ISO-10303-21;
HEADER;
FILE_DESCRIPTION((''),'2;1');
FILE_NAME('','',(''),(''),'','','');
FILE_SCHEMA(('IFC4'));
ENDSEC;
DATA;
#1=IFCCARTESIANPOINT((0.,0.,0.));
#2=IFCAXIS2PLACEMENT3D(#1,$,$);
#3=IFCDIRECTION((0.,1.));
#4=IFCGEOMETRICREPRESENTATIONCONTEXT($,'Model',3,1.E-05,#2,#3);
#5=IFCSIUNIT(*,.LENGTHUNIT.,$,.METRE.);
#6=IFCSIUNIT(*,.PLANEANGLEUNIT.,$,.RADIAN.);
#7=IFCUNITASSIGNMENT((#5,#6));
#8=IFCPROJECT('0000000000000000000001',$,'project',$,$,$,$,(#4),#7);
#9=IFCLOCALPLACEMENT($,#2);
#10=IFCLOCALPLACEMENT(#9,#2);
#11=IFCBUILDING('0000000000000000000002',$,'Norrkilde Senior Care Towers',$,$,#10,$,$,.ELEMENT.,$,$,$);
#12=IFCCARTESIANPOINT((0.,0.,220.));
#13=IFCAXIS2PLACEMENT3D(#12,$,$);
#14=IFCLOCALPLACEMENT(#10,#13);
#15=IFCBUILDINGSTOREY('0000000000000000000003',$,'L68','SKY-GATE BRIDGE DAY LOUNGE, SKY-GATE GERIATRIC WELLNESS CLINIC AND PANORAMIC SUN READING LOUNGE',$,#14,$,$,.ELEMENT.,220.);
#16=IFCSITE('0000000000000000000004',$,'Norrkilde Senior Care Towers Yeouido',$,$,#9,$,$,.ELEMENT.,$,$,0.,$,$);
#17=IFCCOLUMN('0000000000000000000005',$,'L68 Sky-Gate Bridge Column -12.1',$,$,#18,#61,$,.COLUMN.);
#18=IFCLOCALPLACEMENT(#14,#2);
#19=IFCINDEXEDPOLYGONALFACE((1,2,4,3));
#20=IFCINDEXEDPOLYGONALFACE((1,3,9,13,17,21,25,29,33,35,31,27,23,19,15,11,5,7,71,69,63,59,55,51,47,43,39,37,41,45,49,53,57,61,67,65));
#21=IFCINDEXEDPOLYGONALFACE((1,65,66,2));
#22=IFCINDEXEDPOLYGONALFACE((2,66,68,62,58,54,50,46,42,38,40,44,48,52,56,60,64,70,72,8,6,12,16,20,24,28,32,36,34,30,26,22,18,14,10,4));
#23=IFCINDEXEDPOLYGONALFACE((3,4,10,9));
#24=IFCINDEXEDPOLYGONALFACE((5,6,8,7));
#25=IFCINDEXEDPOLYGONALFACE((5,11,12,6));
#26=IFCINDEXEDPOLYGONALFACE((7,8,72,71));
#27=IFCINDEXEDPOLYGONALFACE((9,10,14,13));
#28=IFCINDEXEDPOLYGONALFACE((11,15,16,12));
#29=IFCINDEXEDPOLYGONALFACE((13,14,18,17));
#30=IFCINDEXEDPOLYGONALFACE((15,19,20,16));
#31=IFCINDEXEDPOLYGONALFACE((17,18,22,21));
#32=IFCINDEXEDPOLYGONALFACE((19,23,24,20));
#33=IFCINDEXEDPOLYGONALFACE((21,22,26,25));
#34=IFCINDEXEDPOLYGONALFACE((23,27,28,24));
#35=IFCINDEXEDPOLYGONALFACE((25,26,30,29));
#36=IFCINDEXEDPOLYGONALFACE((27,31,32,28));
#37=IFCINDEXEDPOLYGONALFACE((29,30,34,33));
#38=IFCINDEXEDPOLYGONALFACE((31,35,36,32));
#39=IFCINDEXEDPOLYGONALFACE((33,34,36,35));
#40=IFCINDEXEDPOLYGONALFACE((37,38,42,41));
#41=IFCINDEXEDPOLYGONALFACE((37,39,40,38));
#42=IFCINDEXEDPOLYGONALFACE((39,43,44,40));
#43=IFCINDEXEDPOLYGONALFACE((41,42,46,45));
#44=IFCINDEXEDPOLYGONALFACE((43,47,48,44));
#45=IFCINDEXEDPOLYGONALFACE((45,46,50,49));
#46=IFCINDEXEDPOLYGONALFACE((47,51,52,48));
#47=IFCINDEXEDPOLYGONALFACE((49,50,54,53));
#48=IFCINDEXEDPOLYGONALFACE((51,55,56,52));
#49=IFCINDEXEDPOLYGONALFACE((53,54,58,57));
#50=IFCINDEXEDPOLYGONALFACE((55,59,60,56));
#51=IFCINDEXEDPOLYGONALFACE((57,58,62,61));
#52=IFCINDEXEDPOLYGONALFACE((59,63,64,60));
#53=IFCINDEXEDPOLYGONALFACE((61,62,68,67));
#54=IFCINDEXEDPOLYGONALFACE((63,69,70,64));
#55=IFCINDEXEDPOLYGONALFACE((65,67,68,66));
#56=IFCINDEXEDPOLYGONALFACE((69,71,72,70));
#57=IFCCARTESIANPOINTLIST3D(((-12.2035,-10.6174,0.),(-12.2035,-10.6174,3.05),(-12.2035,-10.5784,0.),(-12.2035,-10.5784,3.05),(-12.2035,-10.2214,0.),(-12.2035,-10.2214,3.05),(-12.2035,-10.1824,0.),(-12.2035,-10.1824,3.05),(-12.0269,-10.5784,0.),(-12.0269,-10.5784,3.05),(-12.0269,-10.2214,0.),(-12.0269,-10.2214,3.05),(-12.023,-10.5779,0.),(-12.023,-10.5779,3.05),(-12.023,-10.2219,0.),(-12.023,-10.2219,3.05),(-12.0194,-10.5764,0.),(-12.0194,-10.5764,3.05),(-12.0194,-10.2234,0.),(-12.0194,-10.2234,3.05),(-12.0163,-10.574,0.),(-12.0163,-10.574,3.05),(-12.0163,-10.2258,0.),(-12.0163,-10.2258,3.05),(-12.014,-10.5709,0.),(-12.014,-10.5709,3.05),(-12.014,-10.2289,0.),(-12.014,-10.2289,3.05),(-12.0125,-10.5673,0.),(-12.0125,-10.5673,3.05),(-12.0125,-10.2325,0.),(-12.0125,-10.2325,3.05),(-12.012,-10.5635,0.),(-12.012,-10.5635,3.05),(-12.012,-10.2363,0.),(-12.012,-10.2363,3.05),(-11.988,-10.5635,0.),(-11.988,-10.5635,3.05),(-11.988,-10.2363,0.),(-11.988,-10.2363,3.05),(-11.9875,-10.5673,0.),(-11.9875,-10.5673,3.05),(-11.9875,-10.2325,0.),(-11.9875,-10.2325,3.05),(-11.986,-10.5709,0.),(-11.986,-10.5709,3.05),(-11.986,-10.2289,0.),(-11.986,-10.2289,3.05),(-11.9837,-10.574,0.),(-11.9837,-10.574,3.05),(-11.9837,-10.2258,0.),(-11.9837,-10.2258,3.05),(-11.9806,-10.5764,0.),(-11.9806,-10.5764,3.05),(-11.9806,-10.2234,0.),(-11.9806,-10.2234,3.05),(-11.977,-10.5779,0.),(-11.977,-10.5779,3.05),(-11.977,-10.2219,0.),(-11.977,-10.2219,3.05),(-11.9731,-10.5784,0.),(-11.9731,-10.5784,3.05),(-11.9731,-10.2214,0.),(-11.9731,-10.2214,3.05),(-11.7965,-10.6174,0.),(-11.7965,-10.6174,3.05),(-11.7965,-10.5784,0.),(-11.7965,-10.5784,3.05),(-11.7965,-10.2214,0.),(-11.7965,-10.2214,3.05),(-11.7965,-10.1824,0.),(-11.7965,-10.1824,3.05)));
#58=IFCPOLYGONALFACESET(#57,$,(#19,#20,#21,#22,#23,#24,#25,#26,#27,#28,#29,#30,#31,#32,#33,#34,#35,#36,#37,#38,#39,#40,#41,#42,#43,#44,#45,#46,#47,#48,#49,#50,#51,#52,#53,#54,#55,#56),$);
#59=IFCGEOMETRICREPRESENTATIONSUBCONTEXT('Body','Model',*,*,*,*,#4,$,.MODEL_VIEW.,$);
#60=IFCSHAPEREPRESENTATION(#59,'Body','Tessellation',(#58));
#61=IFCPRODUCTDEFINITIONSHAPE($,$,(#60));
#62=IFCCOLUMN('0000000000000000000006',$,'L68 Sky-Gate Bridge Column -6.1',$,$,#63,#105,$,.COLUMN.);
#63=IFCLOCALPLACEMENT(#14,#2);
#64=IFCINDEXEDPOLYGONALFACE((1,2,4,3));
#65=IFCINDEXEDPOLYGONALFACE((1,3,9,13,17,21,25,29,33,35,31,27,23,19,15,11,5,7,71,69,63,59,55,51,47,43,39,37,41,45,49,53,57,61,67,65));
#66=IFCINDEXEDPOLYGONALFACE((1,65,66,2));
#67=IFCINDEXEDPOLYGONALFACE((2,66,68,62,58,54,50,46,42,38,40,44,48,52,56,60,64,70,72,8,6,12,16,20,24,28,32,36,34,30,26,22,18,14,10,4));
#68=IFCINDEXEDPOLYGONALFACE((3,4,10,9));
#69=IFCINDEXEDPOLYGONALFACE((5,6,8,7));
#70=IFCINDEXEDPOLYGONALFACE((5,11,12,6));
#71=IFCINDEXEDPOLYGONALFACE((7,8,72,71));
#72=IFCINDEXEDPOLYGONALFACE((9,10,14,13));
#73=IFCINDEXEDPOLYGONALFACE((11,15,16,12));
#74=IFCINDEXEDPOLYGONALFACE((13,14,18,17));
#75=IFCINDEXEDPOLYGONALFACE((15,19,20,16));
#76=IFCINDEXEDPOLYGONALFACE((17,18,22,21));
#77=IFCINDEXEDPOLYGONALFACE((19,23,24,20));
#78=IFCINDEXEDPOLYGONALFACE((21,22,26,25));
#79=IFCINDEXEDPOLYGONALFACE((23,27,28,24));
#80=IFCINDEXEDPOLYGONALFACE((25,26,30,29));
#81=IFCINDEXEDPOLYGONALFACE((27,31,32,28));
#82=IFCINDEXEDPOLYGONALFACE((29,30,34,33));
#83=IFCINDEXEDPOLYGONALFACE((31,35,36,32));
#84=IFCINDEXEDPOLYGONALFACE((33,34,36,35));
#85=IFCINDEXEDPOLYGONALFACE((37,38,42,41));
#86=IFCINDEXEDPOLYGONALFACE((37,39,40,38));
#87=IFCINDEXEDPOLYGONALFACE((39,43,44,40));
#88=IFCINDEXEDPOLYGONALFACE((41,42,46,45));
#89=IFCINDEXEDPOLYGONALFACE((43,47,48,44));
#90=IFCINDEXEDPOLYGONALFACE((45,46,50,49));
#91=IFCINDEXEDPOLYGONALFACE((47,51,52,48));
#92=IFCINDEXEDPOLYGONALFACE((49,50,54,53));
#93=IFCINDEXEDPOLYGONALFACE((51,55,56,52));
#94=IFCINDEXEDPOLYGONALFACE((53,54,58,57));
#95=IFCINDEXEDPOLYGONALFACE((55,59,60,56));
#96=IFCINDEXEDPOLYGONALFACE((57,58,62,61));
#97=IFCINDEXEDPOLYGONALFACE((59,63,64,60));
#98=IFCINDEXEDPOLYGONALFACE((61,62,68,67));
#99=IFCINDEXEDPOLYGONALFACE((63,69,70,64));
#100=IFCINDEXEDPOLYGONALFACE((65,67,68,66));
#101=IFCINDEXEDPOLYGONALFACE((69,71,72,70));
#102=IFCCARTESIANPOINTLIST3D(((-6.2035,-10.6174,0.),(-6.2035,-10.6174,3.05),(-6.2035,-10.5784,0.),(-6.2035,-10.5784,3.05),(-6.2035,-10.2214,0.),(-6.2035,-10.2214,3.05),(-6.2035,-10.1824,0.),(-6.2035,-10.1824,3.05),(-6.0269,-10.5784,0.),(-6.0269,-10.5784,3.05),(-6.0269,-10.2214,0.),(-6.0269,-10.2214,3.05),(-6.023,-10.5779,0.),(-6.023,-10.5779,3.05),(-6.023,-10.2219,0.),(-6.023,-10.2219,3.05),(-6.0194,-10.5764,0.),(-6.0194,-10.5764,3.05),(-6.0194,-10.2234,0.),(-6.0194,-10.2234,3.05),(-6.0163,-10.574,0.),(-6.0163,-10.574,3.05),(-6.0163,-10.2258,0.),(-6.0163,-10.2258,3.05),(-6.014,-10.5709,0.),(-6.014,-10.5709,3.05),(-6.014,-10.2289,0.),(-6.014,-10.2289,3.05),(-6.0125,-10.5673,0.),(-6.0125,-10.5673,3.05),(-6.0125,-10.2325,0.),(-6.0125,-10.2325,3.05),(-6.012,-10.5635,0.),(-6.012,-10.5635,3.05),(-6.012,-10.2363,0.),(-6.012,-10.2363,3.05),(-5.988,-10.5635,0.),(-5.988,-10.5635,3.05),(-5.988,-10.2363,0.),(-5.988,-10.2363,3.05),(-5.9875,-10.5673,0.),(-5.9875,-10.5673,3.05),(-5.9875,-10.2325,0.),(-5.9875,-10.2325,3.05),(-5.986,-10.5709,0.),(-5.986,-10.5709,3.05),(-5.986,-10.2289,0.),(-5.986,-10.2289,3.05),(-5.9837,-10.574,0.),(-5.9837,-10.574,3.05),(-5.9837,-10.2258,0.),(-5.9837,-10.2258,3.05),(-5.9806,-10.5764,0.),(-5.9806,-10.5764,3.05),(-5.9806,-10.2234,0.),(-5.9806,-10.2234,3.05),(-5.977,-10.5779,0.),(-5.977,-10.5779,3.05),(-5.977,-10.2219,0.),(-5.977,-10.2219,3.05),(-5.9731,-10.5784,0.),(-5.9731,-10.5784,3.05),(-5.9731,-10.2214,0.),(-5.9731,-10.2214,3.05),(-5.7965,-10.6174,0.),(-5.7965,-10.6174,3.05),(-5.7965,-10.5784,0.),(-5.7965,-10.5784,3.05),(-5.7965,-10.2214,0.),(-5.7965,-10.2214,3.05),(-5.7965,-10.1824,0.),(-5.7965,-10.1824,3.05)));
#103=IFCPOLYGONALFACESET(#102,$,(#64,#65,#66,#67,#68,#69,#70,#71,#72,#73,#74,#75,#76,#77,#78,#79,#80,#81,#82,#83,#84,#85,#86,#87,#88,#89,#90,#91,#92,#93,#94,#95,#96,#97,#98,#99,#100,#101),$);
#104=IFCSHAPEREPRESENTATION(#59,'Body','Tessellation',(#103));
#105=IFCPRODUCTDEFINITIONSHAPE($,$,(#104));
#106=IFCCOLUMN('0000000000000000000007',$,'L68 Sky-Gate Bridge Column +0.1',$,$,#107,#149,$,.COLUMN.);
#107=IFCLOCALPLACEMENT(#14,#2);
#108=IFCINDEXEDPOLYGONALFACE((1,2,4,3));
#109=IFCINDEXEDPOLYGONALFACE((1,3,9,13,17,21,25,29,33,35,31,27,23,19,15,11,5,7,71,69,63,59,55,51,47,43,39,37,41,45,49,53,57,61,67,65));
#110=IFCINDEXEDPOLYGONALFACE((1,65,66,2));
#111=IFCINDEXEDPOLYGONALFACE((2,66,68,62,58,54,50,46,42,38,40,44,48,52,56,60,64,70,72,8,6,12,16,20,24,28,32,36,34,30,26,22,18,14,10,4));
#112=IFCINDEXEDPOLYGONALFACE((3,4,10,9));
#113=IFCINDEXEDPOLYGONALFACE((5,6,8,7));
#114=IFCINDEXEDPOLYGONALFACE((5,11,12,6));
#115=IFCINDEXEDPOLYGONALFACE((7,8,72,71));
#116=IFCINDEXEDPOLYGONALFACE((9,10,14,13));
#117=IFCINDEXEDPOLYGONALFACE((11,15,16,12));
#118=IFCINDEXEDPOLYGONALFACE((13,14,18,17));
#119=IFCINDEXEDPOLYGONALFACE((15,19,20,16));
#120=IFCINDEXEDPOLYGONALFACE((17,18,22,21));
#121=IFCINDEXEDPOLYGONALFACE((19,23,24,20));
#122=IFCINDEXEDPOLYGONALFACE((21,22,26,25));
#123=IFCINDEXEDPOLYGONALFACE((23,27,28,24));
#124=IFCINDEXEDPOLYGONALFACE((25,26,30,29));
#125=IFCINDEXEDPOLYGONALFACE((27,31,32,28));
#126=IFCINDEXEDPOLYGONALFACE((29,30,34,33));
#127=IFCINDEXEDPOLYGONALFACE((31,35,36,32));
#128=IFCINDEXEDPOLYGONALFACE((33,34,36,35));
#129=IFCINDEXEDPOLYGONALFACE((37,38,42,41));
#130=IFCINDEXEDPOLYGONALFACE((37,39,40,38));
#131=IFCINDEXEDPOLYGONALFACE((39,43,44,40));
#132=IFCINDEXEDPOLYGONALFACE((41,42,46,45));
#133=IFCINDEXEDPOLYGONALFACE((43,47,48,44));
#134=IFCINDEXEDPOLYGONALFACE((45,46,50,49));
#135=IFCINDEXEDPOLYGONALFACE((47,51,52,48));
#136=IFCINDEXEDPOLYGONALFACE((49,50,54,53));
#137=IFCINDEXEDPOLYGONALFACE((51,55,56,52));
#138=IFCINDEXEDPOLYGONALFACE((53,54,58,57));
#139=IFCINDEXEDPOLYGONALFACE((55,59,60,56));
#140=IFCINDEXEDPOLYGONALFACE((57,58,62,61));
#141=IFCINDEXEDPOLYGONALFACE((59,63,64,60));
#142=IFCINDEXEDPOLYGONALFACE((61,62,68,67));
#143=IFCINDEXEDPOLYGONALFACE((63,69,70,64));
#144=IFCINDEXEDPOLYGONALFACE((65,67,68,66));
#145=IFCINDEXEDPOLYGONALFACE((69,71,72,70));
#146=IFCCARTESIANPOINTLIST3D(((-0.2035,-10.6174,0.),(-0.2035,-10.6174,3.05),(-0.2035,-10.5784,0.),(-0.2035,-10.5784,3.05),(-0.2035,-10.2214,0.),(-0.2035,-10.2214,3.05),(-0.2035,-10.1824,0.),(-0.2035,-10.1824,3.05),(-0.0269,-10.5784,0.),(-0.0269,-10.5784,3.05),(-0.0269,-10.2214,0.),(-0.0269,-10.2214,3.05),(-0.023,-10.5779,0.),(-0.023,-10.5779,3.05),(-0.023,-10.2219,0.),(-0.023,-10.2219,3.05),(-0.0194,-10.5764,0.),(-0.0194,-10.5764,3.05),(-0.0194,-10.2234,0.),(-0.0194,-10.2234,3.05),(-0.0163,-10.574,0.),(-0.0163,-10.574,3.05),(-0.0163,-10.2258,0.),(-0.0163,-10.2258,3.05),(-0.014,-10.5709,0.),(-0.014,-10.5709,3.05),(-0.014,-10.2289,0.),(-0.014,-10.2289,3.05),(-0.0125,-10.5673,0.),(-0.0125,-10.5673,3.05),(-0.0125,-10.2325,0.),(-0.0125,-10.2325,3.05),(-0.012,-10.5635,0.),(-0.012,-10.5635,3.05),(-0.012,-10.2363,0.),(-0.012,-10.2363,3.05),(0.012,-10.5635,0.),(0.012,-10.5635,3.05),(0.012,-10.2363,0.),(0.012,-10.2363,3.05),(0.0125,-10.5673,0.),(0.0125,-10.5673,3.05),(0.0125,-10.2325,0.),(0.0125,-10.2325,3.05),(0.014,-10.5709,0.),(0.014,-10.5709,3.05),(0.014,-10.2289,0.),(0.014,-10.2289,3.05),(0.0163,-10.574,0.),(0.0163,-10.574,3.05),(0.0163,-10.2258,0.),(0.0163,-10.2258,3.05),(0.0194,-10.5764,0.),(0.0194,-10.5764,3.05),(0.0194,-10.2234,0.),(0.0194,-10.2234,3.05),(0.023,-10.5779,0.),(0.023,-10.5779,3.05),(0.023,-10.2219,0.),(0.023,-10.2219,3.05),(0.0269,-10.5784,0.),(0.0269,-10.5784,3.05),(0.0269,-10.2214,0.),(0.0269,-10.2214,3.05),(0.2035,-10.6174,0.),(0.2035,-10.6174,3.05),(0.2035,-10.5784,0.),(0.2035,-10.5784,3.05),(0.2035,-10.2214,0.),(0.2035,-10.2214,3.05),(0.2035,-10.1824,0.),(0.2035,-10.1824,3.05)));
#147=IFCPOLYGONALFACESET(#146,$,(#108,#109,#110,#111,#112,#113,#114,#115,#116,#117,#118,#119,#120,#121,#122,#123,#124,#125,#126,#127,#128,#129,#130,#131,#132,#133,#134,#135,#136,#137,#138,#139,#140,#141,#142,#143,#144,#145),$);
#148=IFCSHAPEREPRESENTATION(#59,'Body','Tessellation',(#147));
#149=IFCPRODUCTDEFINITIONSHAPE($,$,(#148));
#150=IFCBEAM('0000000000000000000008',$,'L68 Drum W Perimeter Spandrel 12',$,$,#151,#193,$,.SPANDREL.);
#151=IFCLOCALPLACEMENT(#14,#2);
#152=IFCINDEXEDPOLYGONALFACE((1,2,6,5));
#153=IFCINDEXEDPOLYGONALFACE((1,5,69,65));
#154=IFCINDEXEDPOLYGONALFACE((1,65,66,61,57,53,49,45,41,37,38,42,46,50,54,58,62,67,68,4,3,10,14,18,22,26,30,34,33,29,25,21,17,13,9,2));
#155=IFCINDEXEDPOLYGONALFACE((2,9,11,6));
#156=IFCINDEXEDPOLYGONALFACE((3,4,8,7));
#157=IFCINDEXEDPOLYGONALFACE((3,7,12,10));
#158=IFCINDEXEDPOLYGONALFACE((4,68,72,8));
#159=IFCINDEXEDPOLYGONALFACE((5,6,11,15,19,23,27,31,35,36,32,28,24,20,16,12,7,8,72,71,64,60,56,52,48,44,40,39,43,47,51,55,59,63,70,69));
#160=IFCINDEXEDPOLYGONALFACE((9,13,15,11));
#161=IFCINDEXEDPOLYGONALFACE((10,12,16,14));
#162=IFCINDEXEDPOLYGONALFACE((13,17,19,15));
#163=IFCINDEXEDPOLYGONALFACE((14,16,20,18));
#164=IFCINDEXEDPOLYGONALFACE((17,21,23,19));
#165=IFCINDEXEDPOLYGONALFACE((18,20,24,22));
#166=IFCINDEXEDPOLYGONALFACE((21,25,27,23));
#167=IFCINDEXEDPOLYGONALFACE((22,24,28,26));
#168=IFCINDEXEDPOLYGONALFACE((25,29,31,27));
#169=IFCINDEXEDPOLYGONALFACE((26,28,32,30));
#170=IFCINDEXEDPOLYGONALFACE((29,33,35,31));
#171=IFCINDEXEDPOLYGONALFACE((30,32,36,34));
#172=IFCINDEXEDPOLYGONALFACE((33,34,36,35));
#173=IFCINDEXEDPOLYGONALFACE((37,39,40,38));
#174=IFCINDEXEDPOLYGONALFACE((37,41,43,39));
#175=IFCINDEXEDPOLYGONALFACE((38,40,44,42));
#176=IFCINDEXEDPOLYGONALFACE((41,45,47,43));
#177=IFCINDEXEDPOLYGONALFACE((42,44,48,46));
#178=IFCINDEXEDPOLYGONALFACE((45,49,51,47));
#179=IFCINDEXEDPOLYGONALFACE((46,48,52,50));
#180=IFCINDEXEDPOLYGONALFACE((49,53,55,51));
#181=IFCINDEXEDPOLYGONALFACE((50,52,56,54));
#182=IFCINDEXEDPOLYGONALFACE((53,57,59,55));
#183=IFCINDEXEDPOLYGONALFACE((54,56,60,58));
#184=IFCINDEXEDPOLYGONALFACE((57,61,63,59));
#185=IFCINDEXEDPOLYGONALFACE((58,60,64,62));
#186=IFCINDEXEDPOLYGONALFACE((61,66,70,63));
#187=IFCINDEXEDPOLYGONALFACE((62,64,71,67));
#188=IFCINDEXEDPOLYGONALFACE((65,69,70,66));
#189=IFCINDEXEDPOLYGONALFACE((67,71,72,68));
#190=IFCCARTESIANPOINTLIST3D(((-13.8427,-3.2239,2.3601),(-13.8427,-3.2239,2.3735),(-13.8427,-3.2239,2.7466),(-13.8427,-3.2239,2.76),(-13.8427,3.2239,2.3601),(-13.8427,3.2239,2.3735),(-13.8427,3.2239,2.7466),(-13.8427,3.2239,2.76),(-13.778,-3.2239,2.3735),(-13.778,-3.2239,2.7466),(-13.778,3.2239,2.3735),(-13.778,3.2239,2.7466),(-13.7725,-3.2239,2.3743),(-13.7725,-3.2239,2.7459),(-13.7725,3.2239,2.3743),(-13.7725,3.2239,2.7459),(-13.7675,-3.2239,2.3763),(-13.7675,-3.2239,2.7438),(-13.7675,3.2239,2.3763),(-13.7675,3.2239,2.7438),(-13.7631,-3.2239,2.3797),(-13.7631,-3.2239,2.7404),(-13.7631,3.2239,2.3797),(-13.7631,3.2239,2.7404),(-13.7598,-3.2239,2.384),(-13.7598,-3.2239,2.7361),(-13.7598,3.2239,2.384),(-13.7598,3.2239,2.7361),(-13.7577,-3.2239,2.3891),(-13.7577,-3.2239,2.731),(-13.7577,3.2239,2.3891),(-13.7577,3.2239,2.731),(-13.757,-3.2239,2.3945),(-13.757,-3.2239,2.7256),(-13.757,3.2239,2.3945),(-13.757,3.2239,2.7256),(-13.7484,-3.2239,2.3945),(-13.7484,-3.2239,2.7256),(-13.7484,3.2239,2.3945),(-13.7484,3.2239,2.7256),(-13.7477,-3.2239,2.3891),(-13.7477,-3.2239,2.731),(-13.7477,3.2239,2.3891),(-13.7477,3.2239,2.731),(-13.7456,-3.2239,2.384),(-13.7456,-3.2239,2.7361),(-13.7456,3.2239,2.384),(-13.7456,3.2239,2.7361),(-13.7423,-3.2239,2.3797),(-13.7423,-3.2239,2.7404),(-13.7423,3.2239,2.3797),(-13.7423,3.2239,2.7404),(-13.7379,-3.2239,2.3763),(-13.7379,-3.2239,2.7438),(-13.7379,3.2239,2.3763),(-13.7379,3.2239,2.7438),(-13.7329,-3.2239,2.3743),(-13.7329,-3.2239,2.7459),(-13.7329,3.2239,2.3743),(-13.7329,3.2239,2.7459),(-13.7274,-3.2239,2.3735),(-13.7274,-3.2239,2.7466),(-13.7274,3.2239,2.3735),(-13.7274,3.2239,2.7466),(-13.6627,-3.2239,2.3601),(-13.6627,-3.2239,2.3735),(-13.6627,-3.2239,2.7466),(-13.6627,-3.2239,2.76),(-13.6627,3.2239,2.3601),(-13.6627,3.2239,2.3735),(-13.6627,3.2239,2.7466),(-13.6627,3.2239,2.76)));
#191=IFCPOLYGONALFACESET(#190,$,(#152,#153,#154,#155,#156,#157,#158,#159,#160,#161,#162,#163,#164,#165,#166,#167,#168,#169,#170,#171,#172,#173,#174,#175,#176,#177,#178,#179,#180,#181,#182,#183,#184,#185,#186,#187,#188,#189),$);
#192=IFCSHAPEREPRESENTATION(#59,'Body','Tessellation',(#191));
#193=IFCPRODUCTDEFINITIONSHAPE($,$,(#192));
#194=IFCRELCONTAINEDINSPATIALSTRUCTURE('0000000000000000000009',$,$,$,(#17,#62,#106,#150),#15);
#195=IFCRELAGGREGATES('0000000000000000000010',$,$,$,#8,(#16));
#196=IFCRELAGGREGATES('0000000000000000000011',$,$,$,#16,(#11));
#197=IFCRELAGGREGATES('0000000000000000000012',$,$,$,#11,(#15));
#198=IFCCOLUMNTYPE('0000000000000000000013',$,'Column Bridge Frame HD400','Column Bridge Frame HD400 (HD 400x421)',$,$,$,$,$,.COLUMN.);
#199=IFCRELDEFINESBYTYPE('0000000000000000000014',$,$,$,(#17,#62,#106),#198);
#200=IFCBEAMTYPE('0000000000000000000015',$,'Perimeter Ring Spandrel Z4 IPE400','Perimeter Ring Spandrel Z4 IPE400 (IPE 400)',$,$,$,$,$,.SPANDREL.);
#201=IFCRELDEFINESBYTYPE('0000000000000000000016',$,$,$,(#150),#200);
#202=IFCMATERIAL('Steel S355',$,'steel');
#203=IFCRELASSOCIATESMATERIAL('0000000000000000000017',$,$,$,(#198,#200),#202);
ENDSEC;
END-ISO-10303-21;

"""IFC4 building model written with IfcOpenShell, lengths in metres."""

from ifc_helpers import new_model, si_unit, direction, frame, origin, origin_2d, place, context, subcontext, project, spatial, i_section, extrude, source, transform, mapped, material, material_profile, profile_set, type_object, type_shapes, element, save


model = new_model("IFC4")

# Units and contexts
model_context = context("Model", 3, precision=1e-05, world=origin(), true_north=direction((0.0, 1.0)))
body_context = subcontext(model_context, "Body", "Model", "MODEL_VIEW")
ifc_project = project(units=[si_unit("LENGTHUNIT", "METRE"), si_unit("PLANEANGLEUNIT", "RADIAN")], contexts=[model_context])

# Site, building, storey
site_placement = place(None, origin())
site = spatial("IfcSite", under=ifc_project, at=site_placement, Name="Norrkilde Senior Care Towers Yeouido", CompositionType="ELEMENT", RefElevation=0.0)
building_placement = place(site_placement, origin())
building = spatial("IfcBuilding", under=site, at=building_placement, Name="Norrkilde Senior Care Towers", CompositionType="ELEMENT")
storey_placement = place(building_placement, frame((0.0, 0.0, 220.0)))
storey = spatial("IfcBuildingStorey", under=building, at=storey_placement, Name="L68", Description="SKY-GATE BRIDGE DAY LOUNGE, SKY-GATE GERIATRIC WELLNESS CLINIC AND PANORAMIC SUN READING LOUNGE", CompositionType="ELEMENT", Elevation=220.0)

# Columns
ifc_material_1 = material(Name="Steel S355", Category="steel")
ifc_material_profile_1 = material_profile(ifc_material_1, i_section(OverallWidth=0.407, OverallDepth=0.4351, WebThickness=0.0239, FlangeThickness=0.0391, FilletRadius=0.0149, at=origin_2d()), Name="HD 400x421")
ifc_profile_set_1 = profile_set([ifc_material_profile_1], Name="Steel S355")
column_type = type_object("IfcColumnType", Name="Column Bridge Frame HD400", Description="Column Bridge Frame HD400 (HD 400x421)", PredefinedType="COLUMN", material=ifc_profile_set_1)
shared_shape_1 = source(origin(), body_context, "Body", "SweptSolid", [
    extrude(i_section(OverallWidth=0.407, OverallDepth=0.4351, WebThickness=0.0239, FlangeThickness=0.0391, FilletRadius=0.0149, at=origin_2d()), origin(), (0.0, 0.0, 1.0), 3.05),
])
type_shapes(column_type, [shared_shape_1])
for number, where, z_axis, x_axis, name in (
    (1, (-12.0, -10.3999, 0.0), (0.0, 0.0, 1.0), (1.0, 0.0, 0.0), "L68 Sky-Gate Bridge Column -12.1"),
    (2, (-6.0, -10.3999, 0.0), (0.0, 0.0, 1.0), (1.0, 0.0, 0.0), "L68 Sky-Gate Bridge Column -6.1"),
    (3, (0.0, -10.3999, 0.0), (0.0, 0.0, 1.0), (1.0, 0.0, 0.0), "L68 Sky-Gate Bridge Column +0.1"),
):
    element("IfcColumn", number, at=place(storey_placement, frame(where, z_axis=z_axis, x_axis=x_axis)), inside=storey, type_object=column_type, Name=name, PredefinedType="COLUMN", context=body_context, shape_type="MappedRepresentation", body=[
        mapped(shared_shape_1, transform((0.0, 0.0, 0.0), x_axis=(1.0, 0.0, 0.0), y_axis=(0.0, 1.0, 0.0), z_axis=(0.0, 0.0, 1.0), scale=1.0)),
    ])

# Beam
ifc_material_profile_2 = material_profile(ifc_material_1, i_section(OverallWidth=0.1799, OverallDepth=0.3999, WebThickness=0.0085, FlangeThickness=0.0134, FilletRadius=0.021, at=origin_2d()), Name="IPE 400")
ifc_profile_set_2 = profile_set([ifc_material_profile_2], Name="Steel S355")
beam_type_1 = type_object("IfcBeamType", Name="Perimeter Ring Spandrel Z4 IPE400", Description="Perimeter Ring Spandrel Z4 IPE400 (IPE 400)", PredefinedType="SPANDREL", material=ifc_profile_set_2)
shared_shape_2 = source(origin(), body_context, "Body", "SweptSolid", [
    extrude(i_section(OverallWidth=0.1799, OverallDepth=0.3999, WebThickness=0.0085, FlangeThickness=0.0134, FilletRadius=0.021, at=origin_2d()), origin(), (0.0, 0.0, 1.0), 6.4478),
])
type_shapes(beam_type_1, [shared_shape_2])
beam_1_placement = place(storey_placement, frame((-13.7527, -3.2239, 2.5601), z_axis=(0.0, 1.0, 0.0), x_axis=(-1.0, 0.0, 0.0)))
element("IfcBeam", 4, at=beam_1_placement, inside=storey, type_object=beam_type_1, Name="L68 Drum W Perimeter Spandrel 12", PredefinedType="SPANDREL", context=body_context, shape_type="MappedRepresentation", body=[
    mapped(shared_shape_2, transform((0.0, 0.0, 0.0), x_axis=(1.0, 0.0, 0.0), y_axis=(0.0, 1.0, 0.0), z_axis=(0.0, 0.0, 1.0), scale=1.0)),
])

save(model, "model.ifc")
